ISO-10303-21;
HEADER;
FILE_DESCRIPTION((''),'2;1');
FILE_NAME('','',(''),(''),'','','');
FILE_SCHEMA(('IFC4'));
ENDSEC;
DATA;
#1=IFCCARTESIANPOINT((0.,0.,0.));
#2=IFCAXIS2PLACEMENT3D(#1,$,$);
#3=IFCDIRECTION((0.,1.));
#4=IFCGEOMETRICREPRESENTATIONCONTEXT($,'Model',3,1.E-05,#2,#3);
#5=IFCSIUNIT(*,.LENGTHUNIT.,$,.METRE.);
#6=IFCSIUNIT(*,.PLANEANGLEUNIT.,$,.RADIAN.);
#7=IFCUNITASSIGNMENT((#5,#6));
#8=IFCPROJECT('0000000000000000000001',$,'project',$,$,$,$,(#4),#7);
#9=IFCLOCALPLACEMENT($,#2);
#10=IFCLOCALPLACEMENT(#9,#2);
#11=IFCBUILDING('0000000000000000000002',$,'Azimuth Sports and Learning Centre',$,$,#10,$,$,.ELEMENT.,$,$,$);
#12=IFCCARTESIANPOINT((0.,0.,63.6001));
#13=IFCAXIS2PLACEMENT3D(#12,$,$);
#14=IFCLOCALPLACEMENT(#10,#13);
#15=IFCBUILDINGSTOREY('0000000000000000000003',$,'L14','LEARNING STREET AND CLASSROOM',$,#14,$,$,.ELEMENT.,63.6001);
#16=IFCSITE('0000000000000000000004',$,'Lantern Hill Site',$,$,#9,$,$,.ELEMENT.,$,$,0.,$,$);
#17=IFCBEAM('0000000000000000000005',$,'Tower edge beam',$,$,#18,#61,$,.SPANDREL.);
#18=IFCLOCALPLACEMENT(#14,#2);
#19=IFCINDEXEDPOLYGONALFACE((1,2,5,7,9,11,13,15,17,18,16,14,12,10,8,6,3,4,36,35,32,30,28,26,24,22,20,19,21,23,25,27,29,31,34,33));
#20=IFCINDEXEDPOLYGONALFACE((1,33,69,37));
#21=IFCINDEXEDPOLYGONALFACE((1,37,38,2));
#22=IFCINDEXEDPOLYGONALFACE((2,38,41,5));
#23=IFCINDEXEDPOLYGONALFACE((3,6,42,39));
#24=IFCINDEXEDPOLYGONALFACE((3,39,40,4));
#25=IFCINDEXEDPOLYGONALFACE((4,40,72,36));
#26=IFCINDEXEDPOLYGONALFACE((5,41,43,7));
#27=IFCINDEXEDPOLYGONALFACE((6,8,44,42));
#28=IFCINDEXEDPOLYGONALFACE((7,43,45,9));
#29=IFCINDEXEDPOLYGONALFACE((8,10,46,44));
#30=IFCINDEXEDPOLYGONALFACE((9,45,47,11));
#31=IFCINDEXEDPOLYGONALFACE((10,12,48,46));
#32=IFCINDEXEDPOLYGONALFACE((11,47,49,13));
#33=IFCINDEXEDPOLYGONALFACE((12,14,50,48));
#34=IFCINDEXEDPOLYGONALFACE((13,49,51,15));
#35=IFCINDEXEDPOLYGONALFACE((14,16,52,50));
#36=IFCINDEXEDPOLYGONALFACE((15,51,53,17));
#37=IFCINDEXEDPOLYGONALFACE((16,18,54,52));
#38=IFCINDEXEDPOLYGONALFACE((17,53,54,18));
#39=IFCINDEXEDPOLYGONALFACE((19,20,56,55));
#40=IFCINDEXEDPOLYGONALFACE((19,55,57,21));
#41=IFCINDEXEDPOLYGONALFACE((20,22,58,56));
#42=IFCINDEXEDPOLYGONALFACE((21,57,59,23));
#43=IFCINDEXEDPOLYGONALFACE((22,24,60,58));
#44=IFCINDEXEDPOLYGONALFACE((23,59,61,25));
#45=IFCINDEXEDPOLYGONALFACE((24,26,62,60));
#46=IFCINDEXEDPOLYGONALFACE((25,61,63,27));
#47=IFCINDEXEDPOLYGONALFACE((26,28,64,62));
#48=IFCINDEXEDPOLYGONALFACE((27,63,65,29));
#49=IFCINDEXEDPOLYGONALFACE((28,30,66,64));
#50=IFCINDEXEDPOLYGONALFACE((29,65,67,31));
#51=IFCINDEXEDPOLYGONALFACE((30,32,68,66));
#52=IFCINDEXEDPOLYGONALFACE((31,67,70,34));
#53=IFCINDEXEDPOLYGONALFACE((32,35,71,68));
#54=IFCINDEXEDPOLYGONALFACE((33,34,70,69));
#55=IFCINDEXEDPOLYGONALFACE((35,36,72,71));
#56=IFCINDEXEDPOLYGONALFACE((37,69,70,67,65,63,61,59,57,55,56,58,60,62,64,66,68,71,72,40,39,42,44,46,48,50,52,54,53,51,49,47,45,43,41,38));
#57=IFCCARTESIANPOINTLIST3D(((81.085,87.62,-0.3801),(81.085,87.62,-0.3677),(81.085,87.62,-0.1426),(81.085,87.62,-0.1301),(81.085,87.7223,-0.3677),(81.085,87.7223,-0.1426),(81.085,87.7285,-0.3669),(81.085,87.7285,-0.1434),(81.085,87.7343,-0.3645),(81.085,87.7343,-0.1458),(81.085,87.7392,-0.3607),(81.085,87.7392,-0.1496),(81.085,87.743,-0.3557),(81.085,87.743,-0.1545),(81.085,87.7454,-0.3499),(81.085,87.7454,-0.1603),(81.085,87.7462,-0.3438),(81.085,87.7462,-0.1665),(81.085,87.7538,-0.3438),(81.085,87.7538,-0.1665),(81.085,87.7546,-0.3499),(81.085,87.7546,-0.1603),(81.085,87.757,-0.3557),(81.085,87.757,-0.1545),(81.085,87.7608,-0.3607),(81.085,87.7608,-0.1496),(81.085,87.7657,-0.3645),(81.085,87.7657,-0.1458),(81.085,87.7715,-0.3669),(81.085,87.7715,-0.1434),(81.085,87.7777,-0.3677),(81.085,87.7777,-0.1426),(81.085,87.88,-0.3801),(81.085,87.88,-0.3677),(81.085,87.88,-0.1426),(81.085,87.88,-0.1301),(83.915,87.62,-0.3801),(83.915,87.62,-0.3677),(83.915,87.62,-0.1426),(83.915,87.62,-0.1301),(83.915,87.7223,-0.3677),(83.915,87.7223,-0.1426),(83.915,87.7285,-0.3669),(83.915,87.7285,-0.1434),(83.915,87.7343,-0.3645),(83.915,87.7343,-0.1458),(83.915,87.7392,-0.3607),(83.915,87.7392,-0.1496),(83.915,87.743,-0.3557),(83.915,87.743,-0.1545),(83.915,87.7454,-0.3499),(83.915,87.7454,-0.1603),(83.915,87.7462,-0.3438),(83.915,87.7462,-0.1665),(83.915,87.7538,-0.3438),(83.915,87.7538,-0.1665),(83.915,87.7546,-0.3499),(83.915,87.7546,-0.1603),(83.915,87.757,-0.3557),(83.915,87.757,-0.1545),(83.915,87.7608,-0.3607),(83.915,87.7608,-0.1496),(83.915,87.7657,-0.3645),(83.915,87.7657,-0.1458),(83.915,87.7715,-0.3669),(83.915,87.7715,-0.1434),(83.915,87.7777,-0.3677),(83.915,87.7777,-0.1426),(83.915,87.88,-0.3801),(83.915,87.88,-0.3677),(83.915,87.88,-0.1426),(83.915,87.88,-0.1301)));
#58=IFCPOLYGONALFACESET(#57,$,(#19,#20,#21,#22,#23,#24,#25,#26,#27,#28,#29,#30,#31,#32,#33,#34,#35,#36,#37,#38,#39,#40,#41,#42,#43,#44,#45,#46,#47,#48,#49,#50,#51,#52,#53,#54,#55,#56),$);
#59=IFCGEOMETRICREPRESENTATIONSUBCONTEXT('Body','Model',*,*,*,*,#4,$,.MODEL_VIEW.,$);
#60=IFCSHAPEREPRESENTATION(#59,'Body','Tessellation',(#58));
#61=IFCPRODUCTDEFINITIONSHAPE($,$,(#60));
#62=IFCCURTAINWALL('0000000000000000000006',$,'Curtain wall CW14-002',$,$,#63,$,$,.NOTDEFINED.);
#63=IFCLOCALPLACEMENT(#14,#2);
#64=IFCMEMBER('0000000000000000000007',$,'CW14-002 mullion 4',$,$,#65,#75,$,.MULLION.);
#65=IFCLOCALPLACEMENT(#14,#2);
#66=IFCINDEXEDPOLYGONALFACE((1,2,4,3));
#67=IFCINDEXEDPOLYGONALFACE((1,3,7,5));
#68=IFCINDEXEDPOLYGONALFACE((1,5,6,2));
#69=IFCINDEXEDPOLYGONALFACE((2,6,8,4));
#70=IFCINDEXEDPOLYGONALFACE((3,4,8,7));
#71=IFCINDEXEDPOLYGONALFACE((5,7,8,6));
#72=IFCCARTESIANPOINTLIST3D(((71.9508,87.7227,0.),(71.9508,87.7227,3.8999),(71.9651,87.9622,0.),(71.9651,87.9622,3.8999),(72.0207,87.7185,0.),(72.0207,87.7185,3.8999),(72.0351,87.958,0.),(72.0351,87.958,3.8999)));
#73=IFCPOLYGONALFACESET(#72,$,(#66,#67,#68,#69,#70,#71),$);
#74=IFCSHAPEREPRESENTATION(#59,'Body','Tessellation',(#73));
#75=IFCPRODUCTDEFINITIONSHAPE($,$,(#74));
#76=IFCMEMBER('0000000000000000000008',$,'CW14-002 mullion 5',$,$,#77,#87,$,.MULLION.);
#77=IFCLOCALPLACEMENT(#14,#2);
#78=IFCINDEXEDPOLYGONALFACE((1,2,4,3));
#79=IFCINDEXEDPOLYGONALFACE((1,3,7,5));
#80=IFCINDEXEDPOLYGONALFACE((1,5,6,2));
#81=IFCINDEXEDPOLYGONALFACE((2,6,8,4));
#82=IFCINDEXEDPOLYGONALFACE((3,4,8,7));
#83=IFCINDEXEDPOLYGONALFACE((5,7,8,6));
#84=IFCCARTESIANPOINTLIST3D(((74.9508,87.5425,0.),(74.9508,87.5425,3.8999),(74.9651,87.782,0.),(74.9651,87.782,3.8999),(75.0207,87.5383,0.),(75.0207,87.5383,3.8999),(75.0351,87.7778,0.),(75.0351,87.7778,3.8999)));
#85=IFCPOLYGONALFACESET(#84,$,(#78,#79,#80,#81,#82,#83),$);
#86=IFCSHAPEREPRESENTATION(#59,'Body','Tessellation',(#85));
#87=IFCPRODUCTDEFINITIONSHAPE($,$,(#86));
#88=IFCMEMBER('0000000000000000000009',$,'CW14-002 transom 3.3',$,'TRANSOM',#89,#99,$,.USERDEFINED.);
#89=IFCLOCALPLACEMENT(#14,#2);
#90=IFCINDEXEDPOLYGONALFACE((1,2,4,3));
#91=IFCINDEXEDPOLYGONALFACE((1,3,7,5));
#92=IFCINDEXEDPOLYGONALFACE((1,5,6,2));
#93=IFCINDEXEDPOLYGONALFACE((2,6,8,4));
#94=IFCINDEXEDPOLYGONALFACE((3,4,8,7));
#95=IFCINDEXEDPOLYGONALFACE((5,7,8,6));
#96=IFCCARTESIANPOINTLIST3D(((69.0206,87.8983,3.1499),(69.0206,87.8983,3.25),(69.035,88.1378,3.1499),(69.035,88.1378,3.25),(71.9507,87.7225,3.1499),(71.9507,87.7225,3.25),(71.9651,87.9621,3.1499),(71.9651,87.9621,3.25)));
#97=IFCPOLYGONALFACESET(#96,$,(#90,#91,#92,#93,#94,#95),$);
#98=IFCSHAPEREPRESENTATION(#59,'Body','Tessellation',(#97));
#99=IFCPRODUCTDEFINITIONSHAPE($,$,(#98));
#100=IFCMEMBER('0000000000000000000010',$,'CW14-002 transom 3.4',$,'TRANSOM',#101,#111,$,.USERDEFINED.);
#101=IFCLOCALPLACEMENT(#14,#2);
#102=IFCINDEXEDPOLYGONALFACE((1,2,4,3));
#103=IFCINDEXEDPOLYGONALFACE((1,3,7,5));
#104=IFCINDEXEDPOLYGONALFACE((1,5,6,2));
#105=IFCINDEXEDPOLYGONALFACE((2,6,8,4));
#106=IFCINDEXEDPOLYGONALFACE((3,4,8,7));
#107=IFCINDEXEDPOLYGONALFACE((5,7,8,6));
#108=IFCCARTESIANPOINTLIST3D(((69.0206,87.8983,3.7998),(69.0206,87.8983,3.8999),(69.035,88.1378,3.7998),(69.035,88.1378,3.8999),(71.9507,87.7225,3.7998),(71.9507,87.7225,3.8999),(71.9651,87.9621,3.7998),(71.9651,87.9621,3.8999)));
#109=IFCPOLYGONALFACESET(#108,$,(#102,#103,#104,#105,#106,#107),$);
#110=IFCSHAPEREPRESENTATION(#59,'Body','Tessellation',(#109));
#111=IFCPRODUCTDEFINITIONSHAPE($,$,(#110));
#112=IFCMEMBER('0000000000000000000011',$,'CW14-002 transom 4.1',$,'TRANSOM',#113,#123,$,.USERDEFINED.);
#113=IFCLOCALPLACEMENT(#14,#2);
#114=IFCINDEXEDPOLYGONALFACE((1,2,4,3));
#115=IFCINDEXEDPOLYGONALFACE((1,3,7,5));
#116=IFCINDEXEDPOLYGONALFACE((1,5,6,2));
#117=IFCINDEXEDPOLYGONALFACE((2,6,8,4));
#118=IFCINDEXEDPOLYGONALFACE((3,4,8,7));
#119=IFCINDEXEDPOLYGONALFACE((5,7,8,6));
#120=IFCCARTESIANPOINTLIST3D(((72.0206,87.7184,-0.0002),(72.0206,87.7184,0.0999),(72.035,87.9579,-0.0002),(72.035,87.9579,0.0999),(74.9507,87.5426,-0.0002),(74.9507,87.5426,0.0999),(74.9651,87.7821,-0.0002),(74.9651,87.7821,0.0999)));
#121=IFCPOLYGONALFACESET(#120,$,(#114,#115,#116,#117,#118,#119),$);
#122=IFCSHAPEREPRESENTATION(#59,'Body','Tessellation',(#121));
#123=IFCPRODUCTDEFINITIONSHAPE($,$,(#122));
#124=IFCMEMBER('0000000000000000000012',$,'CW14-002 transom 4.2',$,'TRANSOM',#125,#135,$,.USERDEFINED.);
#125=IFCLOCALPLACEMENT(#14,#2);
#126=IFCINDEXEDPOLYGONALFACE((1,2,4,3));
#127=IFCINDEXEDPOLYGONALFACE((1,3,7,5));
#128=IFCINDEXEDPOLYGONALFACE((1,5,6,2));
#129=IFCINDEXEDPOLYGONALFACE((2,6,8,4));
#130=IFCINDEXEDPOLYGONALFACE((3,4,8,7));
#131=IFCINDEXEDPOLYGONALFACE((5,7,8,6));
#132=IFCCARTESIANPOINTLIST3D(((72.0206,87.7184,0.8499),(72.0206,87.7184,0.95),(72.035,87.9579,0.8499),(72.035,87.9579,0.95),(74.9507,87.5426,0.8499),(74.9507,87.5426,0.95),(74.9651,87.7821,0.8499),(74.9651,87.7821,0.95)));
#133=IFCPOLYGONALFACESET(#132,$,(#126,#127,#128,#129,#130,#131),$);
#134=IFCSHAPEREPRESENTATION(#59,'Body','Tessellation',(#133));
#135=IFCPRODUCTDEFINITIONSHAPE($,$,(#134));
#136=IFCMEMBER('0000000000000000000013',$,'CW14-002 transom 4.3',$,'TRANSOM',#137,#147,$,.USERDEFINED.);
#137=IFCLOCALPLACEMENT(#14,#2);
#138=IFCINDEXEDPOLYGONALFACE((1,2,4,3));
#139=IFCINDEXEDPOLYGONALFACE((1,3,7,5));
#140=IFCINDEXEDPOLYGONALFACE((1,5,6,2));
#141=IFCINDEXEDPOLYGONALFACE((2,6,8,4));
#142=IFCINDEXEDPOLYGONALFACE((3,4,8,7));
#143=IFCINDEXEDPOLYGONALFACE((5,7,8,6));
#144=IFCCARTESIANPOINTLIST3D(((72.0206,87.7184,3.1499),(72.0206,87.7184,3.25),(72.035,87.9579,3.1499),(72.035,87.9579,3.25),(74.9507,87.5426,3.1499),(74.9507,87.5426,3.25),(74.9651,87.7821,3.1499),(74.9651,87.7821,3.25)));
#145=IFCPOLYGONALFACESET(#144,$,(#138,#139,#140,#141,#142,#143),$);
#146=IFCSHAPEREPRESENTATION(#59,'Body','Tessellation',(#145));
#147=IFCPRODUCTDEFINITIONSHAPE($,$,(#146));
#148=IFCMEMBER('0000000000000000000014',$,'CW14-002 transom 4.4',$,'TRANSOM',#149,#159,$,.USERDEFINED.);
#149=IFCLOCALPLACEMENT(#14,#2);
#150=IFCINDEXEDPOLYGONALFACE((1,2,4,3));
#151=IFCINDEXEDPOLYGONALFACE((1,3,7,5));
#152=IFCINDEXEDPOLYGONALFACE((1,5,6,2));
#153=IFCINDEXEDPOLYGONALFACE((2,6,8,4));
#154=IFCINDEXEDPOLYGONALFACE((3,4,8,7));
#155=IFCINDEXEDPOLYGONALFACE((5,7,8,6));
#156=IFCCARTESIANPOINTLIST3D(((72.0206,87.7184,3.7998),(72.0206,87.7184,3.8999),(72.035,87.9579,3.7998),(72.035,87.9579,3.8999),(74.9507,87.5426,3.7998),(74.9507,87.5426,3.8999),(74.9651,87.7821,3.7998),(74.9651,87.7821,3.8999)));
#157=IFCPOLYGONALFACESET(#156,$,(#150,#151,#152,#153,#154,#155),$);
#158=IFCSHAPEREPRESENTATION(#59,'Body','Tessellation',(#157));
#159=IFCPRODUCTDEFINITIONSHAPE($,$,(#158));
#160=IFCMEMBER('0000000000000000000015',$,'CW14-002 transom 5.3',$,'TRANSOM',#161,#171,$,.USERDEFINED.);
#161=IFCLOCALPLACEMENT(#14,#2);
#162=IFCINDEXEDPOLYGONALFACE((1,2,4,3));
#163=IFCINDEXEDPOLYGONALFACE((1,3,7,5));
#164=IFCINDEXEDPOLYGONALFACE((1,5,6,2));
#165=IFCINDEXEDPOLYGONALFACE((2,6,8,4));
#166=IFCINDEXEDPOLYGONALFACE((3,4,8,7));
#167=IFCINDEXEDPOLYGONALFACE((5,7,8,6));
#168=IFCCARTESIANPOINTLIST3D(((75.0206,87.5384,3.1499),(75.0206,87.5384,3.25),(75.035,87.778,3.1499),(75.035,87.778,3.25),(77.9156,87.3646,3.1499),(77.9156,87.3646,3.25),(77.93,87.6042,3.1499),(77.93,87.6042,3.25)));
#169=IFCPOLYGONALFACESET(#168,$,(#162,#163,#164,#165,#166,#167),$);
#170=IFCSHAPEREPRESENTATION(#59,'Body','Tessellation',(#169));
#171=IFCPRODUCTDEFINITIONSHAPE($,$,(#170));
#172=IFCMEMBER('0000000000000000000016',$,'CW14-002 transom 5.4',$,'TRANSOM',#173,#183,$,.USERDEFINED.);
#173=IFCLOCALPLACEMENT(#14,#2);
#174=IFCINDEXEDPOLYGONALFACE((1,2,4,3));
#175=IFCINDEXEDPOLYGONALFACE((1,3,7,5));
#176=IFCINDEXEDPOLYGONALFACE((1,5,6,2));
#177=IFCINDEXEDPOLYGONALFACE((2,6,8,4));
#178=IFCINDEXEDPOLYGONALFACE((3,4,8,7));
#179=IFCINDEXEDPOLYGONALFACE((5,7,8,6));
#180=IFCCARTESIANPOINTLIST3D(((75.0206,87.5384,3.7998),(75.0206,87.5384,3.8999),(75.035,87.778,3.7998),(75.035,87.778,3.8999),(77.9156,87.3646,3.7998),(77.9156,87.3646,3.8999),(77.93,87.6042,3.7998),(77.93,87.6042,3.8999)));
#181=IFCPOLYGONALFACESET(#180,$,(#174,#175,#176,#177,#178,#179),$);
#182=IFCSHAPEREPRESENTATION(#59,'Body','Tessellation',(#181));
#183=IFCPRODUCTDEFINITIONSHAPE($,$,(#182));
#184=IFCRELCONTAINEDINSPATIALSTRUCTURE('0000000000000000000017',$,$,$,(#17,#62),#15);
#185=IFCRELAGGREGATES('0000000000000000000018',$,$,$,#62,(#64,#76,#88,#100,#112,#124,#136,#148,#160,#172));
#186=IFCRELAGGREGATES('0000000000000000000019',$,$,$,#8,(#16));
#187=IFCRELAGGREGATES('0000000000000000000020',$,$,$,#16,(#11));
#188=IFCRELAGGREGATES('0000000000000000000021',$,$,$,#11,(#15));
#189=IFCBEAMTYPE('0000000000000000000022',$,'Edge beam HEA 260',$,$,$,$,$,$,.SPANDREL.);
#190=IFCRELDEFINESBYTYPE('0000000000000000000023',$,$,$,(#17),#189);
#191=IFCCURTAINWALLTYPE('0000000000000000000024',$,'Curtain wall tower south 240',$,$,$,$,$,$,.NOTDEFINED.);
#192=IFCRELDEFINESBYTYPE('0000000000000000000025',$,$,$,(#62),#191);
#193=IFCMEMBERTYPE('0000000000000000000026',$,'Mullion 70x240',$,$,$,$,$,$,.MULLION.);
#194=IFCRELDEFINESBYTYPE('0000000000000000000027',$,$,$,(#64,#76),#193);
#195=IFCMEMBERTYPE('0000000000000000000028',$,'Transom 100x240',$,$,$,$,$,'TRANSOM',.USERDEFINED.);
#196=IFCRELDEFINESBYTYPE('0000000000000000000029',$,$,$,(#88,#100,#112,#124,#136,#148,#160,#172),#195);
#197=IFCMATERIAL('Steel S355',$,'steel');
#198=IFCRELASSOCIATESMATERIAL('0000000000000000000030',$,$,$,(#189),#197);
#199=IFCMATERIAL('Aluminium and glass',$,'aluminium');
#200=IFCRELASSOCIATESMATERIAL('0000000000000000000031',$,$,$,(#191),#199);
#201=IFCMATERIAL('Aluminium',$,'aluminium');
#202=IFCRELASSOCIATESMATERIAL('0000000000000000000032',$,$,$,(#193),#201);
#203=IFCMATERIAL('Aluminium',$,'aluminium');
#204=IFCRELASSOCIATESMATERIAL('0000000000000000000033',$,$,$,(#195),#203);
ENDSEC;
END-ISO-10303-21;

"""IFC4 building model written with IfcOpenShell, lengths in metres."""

from ifc_helpers import new_model, si_unit, direction, frame, origin, origin_2d, place, context, subcontext, project, spatial, rectangle, i_section, extrude, material, material_profile, profile_set, type_object, element, aggregate, save


model = new_model("IFC4")

# Units and contexts
model_context = context("Model", 3, precision=1e-05, world=origin(), true_north=direction((0.0, 1.0)))
body_context = subcontext(model_context, "Body", "Model", "MODEL_VIEW")
ifc_project = project(units=[si_unit("LENGTHUNIT", "METRE"), si_unit("PLANEANGLEUNIT", "RADIAN")], contexts=[model_context])

# Site, building, storey
site_placement = place(None, origin())
site = spatial("IfcSite", under=ifc_project, at=site_placement, Name="Lantern Hill Site", CompositionType="ELEMENT", RefElevation=0.0)
building_placement = place(site_placement, origin())
building = spatial("IfcBuilding", under=site, at=building_placement, Name="Azimuth Sports and Learning Centre", CompositionType="ELEMENT")
storey_placement = place(building_placement, frame((0.0, 0.0, 63.6001)))
storey = spatial("IfcBuildingStorey", under=building, at=storey_placement, Name="L14", Description="LEARNING STREET AND CLASSROOM", CompositionType="ELEMENT", Elevation=63.6001)

# Beam
ifc_material_1 = material(Name="Steel S355", Category="steel")
ifc_material_profile_1 = material_profile(ifc_material_1, i_section(OverallWidth=0.26, OverallDepth=0.25, WebThickness=0.0076, FlangeThickness=0.0125, FilletRadius=0.0239, at=origin_2d()), Name="HEA 260")
ifc_profile_set_1 = profile_set([ifc_material_profile_1], Name="Steel S355")
beam_type = type_object("IfcBeamType", Name="Edge beam HEA 260", PredefinedType="SPANDREL", material=ifc_profile_set_1)
for number, where, z_axis, x_axis, name in (
    (1, (81.085, 87.75, -0.2551), (1.0, 0.0, 0.0), (0.0, 1.0, 0.0), "Tower edge beam"),
):
    element("IfcBeam", number, at=place(storey_placement, frame(where, z_axis=z_axis, x_axis=x_axis)), inside=storey, type_object=beam_type, Name=name, PredefinedType="SPANDREL", context=body_context, shape_type="SweptSolid", body=[
        extrude(i_section(OverallWidth=0.26, OverallDepth=0.25, WebThickness=0.0076, FlangeThickness=0.0125, FilletRadius=0.0239, at=origin_2d()), origin(), (0.0, 0.0, 1.0), 2.8301),
    ])

# Curtain wall, members
ifc_material_2 = material(Name="Aluminium and glass", Category="aluminium")
curtain_wall_type = type_object("IfcCurtainWallType", Name="Curtain wall tower south 240", PredefinedType="NOTDEFINED", material=ifc_material_2)
curtain_wall_placement = place(storey_placement, origin())
curtain_wall = element("IfcCurtainWall", 2, at=curtain_wall_placement, inside=storey, type_object=curtain_wall_type, Name="Curtain wall CW14-002", PredefinedType="NOTDEFINED")
ifc_material_3 = material(Name="Aluminium", Category="aluminium")
ifc_material_profile_2 = material_profile(ifc_material_3, rectangle(XDim=0.24, YDim=0.0701, at=origin_2d()), Name="Mullion 70x240")
ifc_profile_set_2 = profile_set([ifc_material_profile_2], Name="Aluminium")
member_type_1 = type_object("IfcMemberType", Name="Mullion 70x240", PredefinedType="MULLION", material=ifc_profile_set_2)
member_1_placement = place(storey_placement, frame((71.9929, 87.8403, 0.0), z_axis=(0.0, 0.0, 1.0), x_axis=(0.059892, 0.998205, 0.0)))
member_1 = element("IfcMember", 3, at=member_1_placement, type_object=member_type_1, Name="CW14-002 mullion 4", PredefinedType="MULLION", context=body_context, shape_type="SweptSolid", body=[
    extrude(rectangle(XDim=0.24, YDim=0.0701, at=origin_2d()), origin(), (0.0, 0.0, 1.0), 3.8999),
])
member_2_placement = place(storey_placement, frame((74.9929, 87.6602, 0.0), z_axis=(0.0, 0.0, 1.0), x_axis=(0.059892, 0.998205, 0.0)))
member_2 = element("IfcMember", 4, at=member_2_placement, type_object=member_type_1, Name="CW14-002 mullion 5", PredefinedType="MULLION", context=body_context, shape_type="SweptSolid", body=[
    extrude(rectangle(XDim=0.24, YDim=0.0701, at=origin_2d()), origin(), (0.0, 0.0, 1.0), 3.8999),
])
ifc_material_4 = material(Name="Aluminium", Category="aluminium")
ifc_material_profile_3 = material_profile(ifc_material_4, rectangle(XDim=0.24, YDim=0.1001, at=origin_2d()), Name="Transom 100x240")
ifc_profile_set_3 = profile_set([ifc_material_profile_3], Name="Aluminium")
member_type_2 = type_object("IfcMemberType", Name="Transom 100x240", ElementType="TRANSOM", PredefinedType="USERDEFINED", material=ifc_profile_set_3)
member_3_placement = place(storey_placement, frame((69.0278, 88.0181, 3.2), z_axis=(0.998205, -0.059887, 0.0), x_axis=(0.059887, 0.998205, 0.0)))
member_3 = element("IfcMember", 5, at=member_3_placement, type_object=member_type_2, Name="CW14-002 transom 3.3", ObjectType="TRANSOM", PredefinedType="USERDEFINED", context=body_context, shape_type="SweptSolid", body=[
    extrude(rectangle(XDim=0.24, YDim=0.1001, at=origin_2d()), origin(), (0.0, 0.0, 1.0), 2.9353),
])
member_4_placement = place(storey_placement, frame((69.0278, 88.0181, 3.8499), z_axis=(0.998205, -0.059887, 0.0), x_axis=(0.059887, 0.998205, 0.0)))
member_4 = element("IfcMember", 6, at=member_4_placement, type_object=member_type_2, Name="CW14-002 transom 3.4", ObjectType="TRANSOM", PredefinedType="USERDEFINED", context=body_context, shape_type="SweptSolid", body=[
    extrude(rectangle(XDim=0.24, YDim=0.1001, at=origin_2d()), origin(), (0.0, 0.0, 1.0), 2.9353),
])
member_5_placement = place(storey_placement, frame((72.0278, 87.8381, 0.0498), z_axis=(0.998205, -0.059887, 0.0), x_axis=(0.059887, 0.998205, 0.0)))
member_5 = element("IfcMember", 7, at=member_5_placement, type_object=member_type_2, Name="CW14-002 transom 4.1", ObjectType="TRANSOM", PredefinedType="USERDEFINED", context=body_context, shape_type="SweptSolid", body=[
    extrude(rectangle(XDim=0.24, YDim=0.1001, at=origin_2d()), origin(), (0.0, 0.0, 1.0), 2.9353),
])
member_6_placement = place(storey_placement, frame((72.0278, 87.8381, 0.8999), z_axis=(0.998205, -0.059887, 0.0), x_axis=(0.059887, 0.998205, 0.0)))
member_6 = element("IfcMember", 8, at=member_6_placement, type_object=member_type_2, Name="CW14-002 transom 4.2", ObjectType="TRANSOM", PredefinedType="USERDEFINED", context=body_context, shape_type="SweptSolid", body=[
    extrude(rectangle(XDim=0.24, YDim=0.1001, at=origin_2d()), origin(), (0.0, 0.0, 1.0), 2.9353),
])
member_7_placement = place(storey_placement, frame((72.0278, 87.8381, 3.2), z_axis=(0.998205, -0.059887, 0.0), x_axis=(0.059887, 0.998205, 0.0)))
member_7 = element("IfcMember", 9, at=member_7_placement, type_object=member_type_2, Name="CW14-002 transom 4.3", ObjectType="TRANSOM", PredefinedType="USERDEFINED", context=body_context, shape_type="SweptSolid", body=[
    extrude(rectangle(XDim=0.24, YDim=0.1001, at=origin_2d()), origin(), (0.0, 0.0, 1.0), 2.9353),
])
member_8_placement = place(storey_placement, frame((72.0278, 87.8381, 3.8499), z_axis=(0.998205, -0.059887, 0.0), x_axis=(0.059887, 0.998205, 0.0)))
member_8 = element("IfcMember", 10, at=member_8_placement, type_object=member_type_2, Name="CW14-002 transom 4.4", ObjectType="TRANSOM", PredefinedType="USERDEFINED", context=body_context, shape_type="SweptSolid", body=[
    extrude(rectangle(XDim=0.24, YDim=0.1001, at=origin_2d()), origin(), (0.0, 0.0, 1.0), 2.9353),
])
member_9_placement = place(storey_placement, frame((75.0278, 87.6582, 3.2), z_axis=(0.998202, -0.059936, 0.0), x_axis=(0.059936, 0.998202, 0.0)))
member_9 = element("IfcMember", 11, at=member_9_placement, type_object=member_type_2, Name="CW14-002 transom 5.3", ObjectType="TRANSOM", PredefinedType="USERDEFINED", context=body_context, shape_type="SweptSolid", body=[
    extrude(rectangle(XDim=0.24, YDim=0.1001, at=origin_2d()), origin(), (0.0, 0.0, 1.0), 2.9001),
])
member_10_placement = place(storey_placement, frame((75.0278, 87.6582, 3.8499), z_axis=(0.998202, -0.059936, 0.0), x_axis=(0.059936, 0.998202, 0.0)))
member_10 = element("IfcMember", 12, at=member_10_placement, type_object=member_type_2, Name="CW14-002 transom 5.4", ObjectType="TRANSOM", PredefinedType="USERDEFINED", context=body_context, shape_type="SweptSolid", body=[
    extrude(rectangle(XDim=0.24, YDim=0.1001, at=origin_2d()), origin(), (0.0, 0.0, 1.0), 2.9001),
])
aggregate(curtain_wall, [member_1, member_2, member_3, member_4, member_5, member_6, member_7, member_8, member_9, member_10])

save(model, "model.ifc")
